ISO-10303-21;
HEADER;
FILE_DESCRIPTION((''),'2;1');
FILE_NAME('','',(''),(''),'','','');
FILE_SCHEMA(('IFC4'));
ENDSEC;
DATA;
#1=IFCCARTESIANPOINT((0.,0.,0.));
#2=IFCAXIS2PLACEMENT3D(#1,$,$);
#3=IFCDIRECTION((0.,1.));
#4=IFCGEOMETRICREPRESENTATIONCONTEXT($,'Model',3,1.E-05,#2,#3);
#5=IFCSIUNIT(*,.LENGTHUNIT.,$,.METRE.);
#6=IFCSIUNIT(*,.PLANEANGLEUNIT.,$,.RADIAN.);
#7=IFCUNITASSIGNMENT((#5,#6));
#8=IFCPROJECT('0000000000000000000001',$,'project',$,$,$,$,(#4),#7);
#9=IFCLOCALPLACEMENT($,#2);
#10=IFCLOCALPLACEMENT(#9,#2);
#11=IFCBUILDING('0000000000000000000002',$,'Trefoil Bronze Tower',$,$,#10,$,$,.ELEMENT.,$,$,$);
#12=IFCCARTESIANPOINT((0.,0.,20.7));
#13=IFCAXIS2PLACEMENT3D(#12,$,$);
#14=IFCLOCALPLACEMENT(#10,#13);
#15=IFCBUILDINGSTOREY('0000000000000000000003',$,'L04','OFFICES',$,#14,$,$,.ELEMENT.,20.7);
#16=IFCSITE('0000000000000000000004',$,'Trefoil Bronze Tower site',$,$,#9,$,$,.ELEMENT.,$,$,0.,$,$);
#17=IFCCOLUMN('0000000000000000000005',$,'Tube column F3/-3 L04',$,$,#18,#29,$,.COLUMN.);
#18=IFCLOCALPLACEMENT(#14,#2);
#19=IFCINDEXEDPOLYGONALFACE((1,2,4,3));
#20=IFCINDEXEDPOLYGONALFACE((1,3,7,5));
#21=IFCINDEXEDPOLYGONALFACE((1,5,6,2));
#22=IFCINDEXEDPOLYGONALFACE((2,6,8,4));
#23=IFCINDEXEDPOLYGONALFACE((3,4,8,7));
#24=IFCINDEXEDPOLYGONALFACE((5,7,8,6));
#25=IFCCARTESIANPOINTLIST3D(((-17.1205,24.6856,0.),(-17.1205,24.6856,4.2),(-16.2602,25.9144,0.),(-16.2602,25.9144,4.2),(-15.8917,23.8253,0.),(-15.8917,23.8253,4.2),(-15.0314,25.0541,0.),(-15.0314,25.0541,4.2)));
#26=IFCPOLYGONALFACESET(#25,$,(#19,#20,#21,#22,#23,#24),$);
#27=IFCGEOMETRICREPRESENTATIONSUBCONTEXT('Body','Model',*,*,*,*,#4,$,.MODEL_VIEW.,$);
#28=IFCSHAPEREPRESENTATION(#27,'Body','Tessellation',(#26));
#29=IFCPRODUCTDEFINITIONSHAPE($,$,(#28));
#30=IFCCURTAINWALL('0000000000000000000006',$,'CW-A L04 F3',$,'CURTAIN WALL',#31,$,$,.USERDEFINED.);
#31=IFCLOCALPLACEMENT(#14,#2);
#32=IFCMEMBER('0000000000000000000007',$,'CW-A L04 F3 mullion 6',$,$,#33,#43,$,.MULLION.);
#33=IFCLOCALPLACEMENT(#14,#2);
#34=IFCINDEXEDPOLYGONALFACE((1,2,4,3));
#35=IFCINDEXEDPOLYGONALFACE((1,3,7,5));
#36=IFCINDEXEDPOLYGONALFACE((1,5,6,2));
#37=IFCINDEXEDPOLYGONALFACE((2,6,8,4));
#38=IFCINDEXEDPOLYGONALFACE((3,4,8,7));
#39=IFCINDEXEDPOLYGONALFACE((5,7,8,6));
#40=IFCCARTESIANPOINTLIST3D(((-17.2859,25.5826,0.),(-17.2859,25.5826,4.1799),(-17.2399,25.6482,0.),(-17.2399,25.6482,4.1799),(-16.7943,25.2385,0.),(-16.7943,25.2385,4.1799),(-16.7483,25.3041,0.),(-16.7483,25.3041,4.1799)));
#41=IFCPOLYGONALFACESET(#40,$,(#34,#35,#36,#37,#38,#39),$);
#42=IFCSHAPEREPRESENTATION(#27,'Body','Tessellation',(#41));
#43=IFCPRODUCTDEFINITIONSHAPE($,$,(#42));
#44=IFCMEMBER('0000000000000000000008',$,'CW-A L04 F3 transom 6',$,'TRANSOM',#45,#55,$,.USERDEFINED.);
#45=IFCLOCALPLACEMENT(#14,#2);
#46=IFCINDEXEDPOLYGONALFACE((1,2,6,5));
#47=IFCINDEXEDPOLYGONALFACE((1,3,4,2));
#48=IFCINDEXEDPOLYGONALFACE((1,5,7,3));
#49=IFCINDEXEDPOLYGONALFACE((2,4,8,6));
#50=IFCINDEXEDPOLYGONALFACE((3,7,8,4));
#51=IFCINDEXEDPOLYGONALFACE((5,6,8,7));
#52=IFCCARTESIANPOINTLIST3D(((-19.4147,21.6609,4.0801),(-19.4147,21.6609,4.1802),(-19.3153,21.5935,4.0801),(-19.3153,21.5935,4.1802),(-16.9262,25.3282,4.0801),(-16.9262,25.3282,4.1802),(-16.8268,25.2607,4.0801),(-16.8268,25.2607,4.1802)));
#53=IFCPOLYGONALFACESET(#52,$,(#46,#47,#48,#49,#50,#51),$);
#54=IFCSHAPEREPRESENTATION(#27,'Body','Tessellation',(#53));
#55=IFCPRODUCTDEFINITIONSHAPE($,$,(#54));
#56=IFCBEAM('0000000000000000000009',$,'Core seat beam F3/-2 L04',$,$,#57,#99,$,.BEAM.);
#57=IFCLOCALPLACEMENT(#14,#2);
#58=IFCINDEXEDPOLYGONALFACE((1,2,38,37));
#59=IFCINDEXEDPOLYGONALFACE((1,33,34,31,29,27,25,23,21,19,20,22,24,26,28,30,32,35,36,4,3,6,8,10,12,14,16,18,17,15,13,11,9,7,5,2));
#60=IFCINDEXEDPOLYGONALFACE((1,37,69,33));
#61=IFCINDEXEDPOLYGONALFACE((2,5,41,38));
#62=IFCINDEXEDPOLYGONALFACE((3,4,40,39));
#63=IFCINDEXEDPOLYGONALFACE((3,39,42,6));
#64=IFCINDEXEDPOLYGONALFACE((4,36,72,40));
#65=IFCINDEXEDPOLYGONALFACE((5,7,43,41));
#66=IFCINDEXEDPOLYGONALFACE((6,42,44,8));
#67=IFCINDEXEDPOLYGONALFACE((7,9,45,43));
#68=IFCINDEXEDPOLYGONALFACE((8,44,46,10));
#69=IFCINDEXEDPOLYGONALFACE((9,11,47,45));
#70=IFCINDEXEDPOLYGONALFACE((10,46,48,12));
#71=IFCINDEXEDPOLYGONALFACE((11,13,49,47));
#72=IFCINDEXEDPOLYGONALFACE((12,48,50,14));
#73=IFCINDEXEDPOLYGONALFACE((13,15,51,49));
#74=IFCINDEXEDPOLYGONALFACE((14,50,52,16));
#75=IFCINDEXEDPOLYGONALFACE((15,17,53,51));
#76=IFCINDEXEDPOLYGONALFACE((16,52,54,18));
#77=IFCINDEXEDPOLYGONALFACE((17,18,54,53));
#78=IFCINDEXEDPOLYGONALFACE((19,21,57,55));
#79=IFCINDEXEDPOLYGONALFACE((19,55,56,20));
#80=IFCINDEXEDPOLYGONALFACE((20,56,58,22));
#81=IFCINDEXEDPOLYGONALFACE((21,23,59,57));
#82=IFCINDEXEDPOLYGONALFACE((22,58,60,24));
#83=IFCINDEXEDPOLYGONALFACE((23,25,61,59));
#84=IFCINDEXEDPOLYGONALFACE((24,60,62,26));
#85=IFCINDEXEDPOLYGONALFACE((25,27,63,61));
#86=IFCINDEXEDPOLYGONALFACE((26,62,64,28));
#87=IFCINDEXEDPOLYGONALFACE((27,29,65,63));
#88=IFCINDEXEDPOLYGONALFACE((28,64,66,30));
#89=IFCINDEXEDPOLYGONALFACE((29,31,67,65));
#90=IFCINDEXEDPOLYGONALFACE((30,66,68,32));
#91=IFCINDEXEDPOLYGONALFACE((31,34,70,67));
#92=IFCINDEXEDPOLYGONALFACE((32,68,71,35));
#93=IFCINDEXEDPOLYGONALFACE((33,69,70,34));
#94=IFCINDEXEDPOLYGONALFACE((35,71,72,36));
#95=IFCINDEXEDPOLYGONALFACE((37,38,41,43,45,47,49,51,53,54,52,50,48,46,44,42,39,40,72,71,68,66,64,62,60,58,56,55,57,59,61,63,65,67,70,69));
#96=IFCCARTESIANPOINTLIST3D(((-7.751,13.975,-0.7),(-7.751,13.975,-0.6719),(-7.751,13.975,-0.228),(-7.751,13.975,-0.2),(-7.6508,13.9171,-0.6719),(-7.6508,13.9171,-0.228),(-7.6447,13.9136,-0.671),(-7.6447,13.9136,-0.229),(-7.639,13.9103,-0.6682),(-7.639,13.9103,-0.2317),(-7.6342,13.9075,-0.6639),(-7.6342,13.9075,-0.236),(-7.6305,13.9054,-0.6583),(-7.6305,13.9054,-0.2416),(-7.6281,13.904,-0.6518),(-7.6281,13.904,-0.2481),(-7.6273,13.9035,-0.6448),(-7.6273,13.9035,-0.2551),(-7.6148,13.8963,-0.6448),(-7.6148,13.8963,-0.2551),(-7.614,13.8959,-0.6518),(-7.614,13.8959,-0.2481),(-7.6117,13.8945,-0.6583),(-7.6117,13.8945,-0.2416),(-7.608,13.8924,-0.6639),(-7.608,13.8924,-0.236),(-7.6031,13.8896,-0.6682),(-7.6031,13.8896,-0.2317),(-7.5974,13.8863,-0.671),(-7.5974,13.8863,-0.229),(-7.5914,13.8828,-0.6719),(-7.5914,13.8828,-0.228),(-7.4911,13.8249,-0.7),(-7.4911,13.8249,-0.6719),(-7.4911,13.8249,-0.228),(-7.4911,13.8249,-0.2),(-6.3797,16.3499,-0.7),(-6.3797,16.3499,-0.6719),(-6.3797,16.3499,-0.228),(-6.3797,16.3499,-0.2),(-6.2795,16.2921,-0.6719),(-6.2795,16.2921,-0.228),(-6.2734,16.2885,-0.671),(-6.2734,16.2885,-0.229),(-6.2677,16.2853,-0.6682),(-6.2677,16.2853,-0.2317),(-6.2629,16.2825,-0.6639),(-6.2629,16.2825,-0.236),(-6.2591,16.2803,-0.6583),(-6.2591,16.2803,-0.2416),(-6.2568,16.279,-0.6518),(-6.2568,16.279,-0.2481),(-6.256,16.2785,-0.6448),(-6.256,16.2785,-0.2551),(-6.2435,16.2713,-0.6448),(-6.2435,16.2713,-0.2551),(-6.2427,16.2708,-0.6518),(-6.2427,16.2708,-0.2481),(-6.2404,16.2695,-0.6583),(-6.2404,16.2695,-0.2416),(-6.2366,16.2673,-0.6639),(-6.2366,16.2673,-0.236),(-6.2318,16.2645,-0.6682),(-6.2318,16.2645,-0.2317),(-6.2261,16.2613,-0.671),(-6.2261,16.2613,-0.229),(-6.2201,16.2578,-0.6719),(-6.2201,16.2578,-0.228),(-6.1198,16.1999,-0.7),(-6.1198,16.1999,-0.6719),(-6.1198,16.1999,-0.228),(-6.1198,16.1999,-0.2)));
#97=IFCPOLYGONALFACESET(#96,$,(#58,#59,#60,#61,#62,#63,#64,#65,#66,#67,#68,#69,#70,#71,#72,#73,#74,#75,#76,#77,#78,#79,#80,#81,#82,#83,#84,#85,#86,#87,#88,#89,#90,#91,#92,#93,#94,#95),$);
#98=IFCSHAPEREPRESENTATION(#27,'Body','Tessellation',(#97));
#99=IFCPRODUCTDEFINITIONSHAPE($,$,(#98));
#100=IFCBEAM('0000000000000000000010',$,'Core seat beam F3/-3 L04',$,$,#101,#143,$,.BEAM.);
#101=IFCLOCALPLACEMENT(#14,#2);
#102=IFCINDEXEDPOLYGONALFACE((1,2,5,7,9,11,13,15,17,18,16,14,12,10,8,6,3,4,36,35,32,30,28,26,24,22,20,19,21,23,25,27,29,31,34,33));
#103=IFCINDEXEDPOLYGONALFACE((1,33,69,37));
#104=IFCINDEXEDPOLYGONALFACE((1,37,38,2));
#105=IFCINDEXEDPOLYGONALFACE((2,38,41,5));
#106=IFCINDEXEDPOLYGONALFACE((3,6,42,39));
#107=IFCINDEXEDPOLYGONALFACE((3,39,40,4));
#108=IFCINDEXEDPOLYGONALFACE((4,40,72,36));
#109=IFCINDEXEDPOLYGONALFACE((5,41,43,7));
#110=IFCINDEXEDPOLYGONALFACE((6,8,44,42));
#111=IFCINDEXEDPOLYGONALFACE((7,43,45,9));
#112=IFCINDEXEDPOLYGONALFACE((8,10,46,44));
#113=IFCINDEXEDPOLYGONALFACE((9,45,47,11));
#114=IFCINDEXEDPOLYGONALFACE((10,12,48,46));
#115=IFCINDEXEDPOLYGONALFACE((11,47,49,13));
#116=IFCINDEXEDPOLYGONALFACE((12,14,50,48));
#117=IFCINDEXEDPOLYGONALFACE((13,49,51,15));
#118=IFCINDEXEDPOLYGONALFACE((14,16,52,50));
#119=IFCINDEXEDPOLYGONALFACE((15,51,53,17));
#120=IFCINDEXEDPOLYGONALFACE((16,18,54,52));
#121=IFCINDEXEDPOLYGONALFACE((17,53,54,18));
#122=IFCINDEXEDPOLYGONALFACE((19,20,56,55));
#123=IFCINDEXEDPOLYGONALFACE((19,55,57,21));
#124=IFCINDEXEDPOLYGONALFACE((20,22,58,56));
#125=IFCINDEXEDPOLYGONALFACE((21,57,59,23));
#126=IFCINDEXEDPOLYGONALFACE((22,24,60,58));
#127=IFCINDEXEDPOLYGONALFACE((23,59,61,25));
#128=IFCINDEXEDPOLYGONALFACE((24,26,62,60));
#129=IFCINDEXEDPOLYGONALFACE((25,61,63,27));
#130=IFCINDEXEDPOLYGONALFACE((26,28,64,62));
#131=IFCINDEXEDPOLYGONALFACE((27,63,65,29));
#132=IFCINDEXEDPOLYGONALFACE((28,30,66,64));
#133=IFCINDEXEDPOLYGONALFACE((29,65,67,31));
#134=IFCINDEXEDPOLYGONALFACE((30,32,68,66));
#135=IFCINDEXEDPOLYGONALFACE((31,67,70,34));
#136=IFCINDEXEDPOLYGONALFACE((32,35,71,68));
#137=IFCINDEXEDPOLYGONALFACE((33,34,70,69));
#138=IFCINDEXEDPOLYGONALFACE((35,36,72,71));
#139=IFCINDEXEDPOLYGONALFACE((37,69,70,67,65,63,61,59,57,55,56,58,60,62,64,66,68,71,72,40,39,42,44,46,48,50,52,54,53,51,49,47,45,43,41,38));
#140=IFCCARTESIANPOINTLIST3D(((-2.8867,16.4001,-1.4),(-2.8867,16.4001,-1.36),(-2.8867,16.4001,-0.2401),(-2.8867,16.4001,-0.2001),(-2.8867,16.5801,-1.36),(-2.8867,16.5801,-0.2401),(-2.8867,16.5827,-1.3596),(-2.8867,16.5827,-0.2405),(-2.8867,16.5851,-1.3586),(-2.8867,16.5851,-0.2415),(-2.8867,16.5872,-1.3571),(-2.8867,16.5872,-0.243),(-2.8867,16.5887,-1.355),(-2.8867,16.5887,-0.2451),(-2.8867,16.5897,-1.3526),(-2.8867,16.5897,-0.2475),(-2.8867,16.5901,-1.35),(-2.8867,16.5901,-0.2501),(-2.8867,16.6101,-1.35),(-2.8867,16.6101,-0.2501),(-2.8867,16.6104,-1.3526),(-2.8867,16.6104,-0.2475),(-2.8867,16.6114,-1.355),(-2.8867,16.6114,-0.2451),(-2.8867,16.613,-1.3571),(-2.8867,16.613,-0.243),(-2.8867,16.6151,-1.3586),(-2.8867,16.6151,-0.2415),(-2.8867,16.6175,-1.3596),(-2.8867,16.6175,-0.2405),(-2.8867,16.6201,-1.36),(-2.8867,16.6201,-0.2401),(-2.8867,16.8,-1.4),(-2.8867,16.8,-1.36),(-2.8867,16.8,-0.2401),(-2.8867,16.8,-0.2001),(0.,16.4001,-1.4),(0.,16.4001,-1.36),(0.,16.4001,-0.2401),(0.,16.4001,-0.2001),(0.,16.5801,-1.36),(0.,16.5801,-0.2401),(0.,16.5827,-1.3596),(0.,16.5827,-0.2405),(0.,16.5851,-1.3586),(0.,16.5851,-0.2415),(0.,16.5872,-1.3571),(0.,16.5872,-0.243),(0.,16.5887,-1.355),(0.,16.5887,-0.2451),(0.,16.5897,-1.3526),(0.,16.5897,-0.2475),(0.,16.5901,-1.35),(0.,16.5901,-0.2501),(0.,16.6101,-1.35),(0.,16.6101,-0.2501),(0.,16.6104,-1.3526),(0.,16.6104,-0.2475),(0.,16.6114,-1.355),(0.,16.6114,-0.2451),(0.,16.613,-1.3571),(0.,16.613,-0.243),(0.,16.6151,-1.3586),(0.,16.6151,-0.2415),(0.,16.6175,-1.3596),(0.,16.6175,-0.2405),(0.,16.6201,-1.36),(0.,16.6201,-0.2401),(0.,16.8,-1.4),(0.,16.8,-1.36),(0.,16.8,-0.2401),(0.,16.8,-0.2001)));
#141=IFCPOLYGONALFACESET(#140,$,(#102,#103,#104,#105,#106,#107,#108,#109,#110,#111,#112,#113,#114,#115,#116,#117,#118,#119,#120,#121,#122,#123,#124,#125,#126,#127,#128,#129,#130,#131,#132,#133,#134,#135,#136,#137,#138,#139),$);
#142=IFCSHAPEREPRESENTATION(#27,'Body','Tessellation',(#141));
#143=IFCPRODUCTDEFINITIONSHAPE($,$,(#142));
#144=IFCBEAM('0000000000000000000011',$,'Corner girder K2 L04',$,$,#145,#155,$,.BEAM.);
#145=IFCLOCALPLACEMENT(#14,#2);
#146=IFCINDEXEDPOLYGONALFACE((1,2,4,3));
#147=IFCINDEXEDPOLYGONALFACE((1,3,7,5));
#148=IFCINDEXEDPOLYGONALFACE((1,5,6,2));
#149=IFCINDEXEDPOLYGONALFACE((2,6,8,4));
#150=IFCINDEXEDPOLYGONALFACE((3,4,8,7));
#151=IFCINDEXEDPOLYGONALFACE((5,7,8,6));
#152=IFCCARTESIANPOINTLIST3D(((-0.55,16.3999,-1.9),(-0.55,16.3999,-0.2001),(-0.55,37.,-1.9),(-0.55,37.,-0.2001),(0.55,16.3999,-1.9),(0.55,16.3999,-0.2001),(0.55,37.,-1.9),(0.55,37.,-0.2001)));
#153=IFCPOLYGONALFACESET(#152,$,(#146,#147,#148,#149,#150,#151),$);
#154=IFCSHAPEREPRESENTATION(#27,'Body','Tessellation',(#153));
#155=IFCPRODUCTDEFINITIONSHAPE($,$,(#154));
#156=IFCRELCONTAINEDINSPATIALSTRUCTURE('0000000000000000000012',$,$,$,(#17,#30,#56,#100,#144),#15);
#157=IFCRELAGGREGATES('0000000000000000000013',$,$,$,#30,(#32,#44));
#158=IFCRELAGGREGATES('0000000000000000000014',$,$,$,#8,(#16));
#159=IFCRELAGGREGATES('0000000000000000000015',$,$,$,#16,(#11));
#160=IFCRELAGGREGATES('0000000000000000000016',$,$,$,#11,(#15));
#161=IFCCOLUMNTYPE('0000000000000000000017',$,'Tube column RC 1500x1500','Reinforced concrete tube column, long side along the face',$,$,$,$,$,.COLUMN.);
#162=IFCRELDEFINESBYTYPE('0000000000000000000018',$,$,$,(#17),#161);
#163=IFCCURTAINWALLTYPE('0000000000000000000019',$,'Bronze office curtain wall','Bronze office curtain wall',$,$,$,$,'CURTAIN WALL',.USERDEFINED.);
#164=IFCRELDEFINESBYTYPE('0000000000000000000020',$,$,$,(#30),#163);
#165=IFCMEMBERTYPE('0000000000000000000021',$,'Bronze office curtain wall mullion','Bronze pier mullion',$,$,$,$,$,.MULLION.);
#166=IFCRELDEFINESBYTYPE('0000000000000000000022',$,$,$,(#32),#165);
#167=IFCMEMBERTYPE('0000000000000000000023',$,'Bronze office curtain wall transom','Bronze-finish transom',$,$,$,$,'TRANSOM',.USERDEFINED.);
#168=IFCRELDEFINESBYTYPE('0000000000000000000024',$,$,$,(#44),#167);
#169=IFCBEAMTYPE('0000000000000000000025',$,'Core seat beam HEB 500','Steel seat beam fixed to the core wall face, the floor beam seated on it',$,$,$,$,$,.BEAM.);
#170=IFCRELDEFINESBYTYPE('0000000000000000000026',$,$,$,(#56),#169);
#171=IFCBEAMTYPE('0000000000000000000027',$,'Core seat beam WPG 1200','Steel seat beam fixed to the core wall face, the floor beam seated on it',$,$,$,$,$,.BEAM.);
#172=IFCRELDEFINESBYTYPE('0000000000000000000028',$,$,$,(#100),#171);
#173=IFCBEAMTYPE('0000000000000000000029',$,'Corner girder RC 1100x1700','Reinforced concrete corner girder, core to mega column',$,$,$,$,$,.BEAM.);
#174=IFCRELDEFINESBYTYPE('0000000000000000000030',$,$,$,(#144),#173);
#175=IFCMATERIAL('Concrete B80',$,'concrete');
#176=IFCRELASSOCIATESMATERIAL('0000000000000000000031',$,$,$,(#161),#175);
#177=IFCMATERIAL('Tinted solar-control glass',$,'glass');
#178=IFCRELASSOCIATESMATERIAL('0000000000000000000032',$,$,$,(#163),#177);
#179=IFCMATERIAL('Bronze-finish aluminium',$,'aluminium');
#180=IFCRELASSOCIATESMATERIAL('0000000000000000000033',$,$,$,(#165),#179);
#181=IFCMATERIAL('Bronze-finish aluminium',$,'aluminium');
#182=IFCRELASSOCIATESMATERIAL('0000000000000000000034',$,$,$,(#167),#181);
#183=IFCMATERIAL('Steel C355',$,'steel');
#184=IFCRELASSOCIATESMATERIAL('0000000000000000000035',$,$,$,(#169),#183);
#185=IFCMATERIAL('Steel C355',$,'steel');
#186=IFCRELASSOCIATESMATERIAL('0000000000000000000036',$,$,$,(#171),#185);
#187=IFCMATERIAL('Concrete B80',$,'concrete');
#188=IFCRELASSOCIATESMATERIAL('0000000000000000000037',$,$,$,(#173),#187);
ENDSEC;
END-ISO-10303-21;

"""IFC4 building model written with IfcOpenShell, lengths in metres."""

from ifc_helpers import new_model, si_unit, direction, frame, origin, origin_2d, place, context, subcontext, project, spatial, rectangle, i_section, extrude, material, material_profile, profile_set, type_object, element, aggregate, save


model = new_model("IFC4")

# Units and contexts
model_context = context("Model", 3, precision=1e-05, world=origin(), true_north=direction((0.0, 1.0)))
body_context = subcontext(model_context, "Body", "Model", "MODEL_VIEW")
ifc_project = project(units=[si_unit("LENGTHUNIT", "METRE"), si_unit("PLANEANGLEUNIT", "RADIAN")], contexts=[model_context])

# Site, building, storey
site_placement = place(None, origin())
site = spatial("IfcSite", under=ifc_project, at=site_placement, Name="Trefoil Bronze Tower site", CompositionType="ELEMENT", RefElevation=0.0)
building_placement = place(site_placement, origin())
building = spatial("IfcBuilding", under=site, at=building_placement, Name="Trefoil Bronze Tower", CompositionType="ELEMENT")
storey_placement = place(building_placement, frame((0.0, 0.0, 20.7)))
storey = spatial("IfcBuildingStorey", under=building, at=storey_placement, Name="L04", Description="OFFICES", CompositionType="ELEMENT", Elevation=20.7)

# Column
ifc_material_1 = material(Name="Concrete B80", Category="concrete")
ifc_material_profile_1 = material_profile(ifc_material_1, rectangle(XDim=1.5, YDim=1.5, at=origin_2d()), Name="RC 1500x1500")
ifc_profile_set_1 = profile_set([ifc_material_profile_1], Name="Concrete B80")
column_type = type_object("IfcColumnType", Name="Tube column RC 1500x1500", Description="Reinforced concrete tube column, long side along the face", PredefinedType="COLUMN", material=ifc_profile_set_1)
column_placement = place(storey_placement, frame((-16.0759, 24.8699, 0.0), z_axis=(0.0, 0.0, 1.0), x_axis=(-0.573502, -0.819204, 0.0)))
element("IfcColumn", 1, at=column_placement, inside=storey, type_object=column_type, Name="Tube column F3/-3 L04", PredefinedType="COLUMN", context=body_context, shape_type="SweptSolid", body=[
    extrude(rectangle(XDim=1.5, YDim=1.5, at=origin_2d()), origin(), (0.0, 0.0, 1.0), 4.2),
])

# Curtain wall, members
ifc_material_2 = material(Name="Tinted solar-control glass", Category="glass")
curtain_wall_type = type_object("IfcCurtainWallType", Name="Bronze office curtain wall", Description="Bronze office curtain wall", ElementType="CURTAIN WALL", PredefinedType="USERDEFINED", material=ifc_material_2)
curtain_wall_placement = place(storey_placement, origin())
curtain_wall = element("IfcCurtainWall", 2, at=curtain_wall_placement, inside=storey, type_object=curtain_wall_type, Name="CW-A L04 F3", ObjectType="CURTAIN WALL", PredefinedType="USERDEFINED")
ifc_material_3 = material(Name="Bronze-finish aluminium", Category="aluminium")
ifc_material_profile_2 = material_profile(ifc_material_3, rectangle(XDim=0.6001, YDim=0.0801, at=origin_2d()), Name="CW-A mullion")
ifc_profile_set_2 = profile_set([ifc_material_profile_2], Name="Bronze-finish aluminium")
member_type_1 = type_object("IfcMemberType", Name="Bronze office curtain wall mullion", Description="Bronze pier mullion", PredefinedType="MULLION", material=ifc_profile_set_2)
member_1_placement = place(storey_placement, frame((-17.0171, 25.4434, 0.0), z_axis=(0.0, 0.0, 1.0), x_axis=(0.819204, -0.573502, 0.0)))
member_1 = element("IfcMember", 3, at=member_1_placement, type_object=member_type_1, Name="CW-A L04 F3 mullion 6", PredefinedType="MULLION", context=body_context, shape_type="SweptSolid", body=[
    extrude(rectangle(XDim=0.6001, YDim=0.0801, at=origin_2d()), origin(), (0.0, 0.0, 1.0), 4.1799),
])
ifc_material_4 = material(Name="Bronze-finish aluminium", Category="aluminium")
ifc_material_profile_3 = material_profile(ifc_material_4, rectangle(XDim=0.1201, YDim=0.1001, at=origin_2d()), Name="CW-A transom")
ifc_profile_set_3 = profile_set([ifc_material_profile_3], Name="Bronze-finish aluminium")
member_type_2 = type_object("IfcMemberType", Name="Bronze office curtain wall transom", Description="Bronze-finish transom", ElementType="TRANSOM", PredefinedType="USERDEFINED", material=ifc_profile_set_3)
member_2_placement = place(storey_placement, frame((-16.8765, 25.2944, 4.1301), z_axis=(-0.561508, -0.827471, 0.0), x_axis=(0.827471, -0.561508, 0.0)))
member_2 = element("IfcMember", 4, at=member_2_placement, type_object=member_type_2, Name="CW-A L04 F3 transom 6", ObjectType="TRANSOM", PredefinedType="USERDEFINED", context=body_context, shape_type="SweptSolid", body=[
    extrude(rectangle(XDim=0.1201, YDim=0.1001, at=origin_2d()), origin(), (0.0, 0.0, 1.0), 4.4319),
])

# Beams
ifc_material_5 = material(Name="Steel C355", Category="steel")
ifc_material_profile_4 = material_profile(ifc_material_5, i_section(OverallWidth=0.3, OverallDepth=0.5, WebThickness=0.0144, FlangeThickness=0.0281, FilletRadius=0.0271, at=origin_2d()), Name="HEB 500")
ifc_profile_set_4 = profile_set([ifc_material_profile_4], Name="Steel C355")
beam_type_1 = type_object("IfcBeamType", Name="Core seat beam HEB 500", Description="Steel seat beam fixed to the core wall face, the floor beam seated on it", PredefinedType="BEAM", material=ifc_profile_set_4)
beam_1_placement = place(storey_placement, frame((-6.2498, 16.2749, -0.45), z_axis=(-0.500036, -0.866005, 0.0), x_axis=(0.866005, -0.500036, 0.0)))
element("IfcBeam", 5, at=beam_1_placement, inside=storey, type_object=beam_type_1, Name="Core seat beam F3/-2 L04", PredefinedType="BEAM", context=body_context, shape_type="SweptSolid", body=[
    extrude(i_section(OverallWidth=0.3, OverallDepth=0.5, WebThickness=0.0144, FlangeThickness=0.0281, FilletRadius=0.0271, at=origin_2d()), origin(), (0.0, 0.0, 1.0), 2.7424),
])
ifc_material_6 = material(Name="Steel C355", Category="steel")
ifc_material_profile_5 = material_profile(ifc_material_6, i_section(OverallWidth=0.3999, OverallDepth=1.2, WebThickness=0.02, FlangeThickness=0.04, FilletRadius=0.01, at=origin_2d()), Name="WPG 1200")
ifc_profile_set_5 = profile_set([ifc_material_profile_5], Name="Steel C355")
beam_type_2 = type_object("IfcBeamType", Name="Core seat beam WPG 1200", Description="Steel seat beam fixed to the core wall face, the floor beam seated on it", PredefinedType="BEAM", material=ifc_profile_set_5)
beam_2_placement = place(storey_placement, frame((0.0, 16.6001, -0.8), z_axis=(-1.0, 0.0, 0.0), x_axis=(0.0, -1.0, 0.0)))
element("IfcBeam", 6, at=beam_2_placement, inside=storey, type_object=beam_type_2, Name="Core seat beam F3/-3 L04", PredefinedType="BEAM", context=body_context, shape_type="SweptSolid", body=[
    extrude(i_section(OverallWidth=0.3999, OverallDepth=1.2, WebThickness=0.02, FlangeThickness=0.04, FilletRadius=0.01, at=origin_2d()), origin(), (0.0, 0.0, 1.0), 2.8867),
])
ifc_material_7 = material(Name="Concrete B80", Category="concrete")
ifc_material_profile_6 = material_profile(ifc_material_7, rectangle(XDim=1.1001, YDim=1.7, at=origin_2d()), Name="RC 1100x1700")
ifc_profile_set_6 = profile_set([ifc_material_profile_6], Name="Concrete B80")
beam_type_3 = type_object("IfcBeamType", Name="Corner girder RC 1100x1700", Description="Reinforced concrete corner girder, core to mega column", PredefinedType="BEAM", material=ifc_profile_set_6)
beam_3_placement = place(storey_placement, frame((0.0, 16.3999, -1.05), z_axis=(0.0, 1.0, 0.0), x_axis=(-1.0, 0.0, 0.0)))
element("IfcBeam", 7, at=beam_3_placement, inside=storey, type_object=beam_type_3, Name="Corner girder K2 L04", PredefinedType="BEAM", context=body_context, shape_type="SweptSolid", body=[
    extrude(rectangle(XDim=1.1001, YDim=1.7, at=origin_2d()), origin(), (0.0, 0.0, 1.0), 20.6001),
])

aggregate(curtain_wall, [member_1, member_2])

save(model, "model.ifc")
